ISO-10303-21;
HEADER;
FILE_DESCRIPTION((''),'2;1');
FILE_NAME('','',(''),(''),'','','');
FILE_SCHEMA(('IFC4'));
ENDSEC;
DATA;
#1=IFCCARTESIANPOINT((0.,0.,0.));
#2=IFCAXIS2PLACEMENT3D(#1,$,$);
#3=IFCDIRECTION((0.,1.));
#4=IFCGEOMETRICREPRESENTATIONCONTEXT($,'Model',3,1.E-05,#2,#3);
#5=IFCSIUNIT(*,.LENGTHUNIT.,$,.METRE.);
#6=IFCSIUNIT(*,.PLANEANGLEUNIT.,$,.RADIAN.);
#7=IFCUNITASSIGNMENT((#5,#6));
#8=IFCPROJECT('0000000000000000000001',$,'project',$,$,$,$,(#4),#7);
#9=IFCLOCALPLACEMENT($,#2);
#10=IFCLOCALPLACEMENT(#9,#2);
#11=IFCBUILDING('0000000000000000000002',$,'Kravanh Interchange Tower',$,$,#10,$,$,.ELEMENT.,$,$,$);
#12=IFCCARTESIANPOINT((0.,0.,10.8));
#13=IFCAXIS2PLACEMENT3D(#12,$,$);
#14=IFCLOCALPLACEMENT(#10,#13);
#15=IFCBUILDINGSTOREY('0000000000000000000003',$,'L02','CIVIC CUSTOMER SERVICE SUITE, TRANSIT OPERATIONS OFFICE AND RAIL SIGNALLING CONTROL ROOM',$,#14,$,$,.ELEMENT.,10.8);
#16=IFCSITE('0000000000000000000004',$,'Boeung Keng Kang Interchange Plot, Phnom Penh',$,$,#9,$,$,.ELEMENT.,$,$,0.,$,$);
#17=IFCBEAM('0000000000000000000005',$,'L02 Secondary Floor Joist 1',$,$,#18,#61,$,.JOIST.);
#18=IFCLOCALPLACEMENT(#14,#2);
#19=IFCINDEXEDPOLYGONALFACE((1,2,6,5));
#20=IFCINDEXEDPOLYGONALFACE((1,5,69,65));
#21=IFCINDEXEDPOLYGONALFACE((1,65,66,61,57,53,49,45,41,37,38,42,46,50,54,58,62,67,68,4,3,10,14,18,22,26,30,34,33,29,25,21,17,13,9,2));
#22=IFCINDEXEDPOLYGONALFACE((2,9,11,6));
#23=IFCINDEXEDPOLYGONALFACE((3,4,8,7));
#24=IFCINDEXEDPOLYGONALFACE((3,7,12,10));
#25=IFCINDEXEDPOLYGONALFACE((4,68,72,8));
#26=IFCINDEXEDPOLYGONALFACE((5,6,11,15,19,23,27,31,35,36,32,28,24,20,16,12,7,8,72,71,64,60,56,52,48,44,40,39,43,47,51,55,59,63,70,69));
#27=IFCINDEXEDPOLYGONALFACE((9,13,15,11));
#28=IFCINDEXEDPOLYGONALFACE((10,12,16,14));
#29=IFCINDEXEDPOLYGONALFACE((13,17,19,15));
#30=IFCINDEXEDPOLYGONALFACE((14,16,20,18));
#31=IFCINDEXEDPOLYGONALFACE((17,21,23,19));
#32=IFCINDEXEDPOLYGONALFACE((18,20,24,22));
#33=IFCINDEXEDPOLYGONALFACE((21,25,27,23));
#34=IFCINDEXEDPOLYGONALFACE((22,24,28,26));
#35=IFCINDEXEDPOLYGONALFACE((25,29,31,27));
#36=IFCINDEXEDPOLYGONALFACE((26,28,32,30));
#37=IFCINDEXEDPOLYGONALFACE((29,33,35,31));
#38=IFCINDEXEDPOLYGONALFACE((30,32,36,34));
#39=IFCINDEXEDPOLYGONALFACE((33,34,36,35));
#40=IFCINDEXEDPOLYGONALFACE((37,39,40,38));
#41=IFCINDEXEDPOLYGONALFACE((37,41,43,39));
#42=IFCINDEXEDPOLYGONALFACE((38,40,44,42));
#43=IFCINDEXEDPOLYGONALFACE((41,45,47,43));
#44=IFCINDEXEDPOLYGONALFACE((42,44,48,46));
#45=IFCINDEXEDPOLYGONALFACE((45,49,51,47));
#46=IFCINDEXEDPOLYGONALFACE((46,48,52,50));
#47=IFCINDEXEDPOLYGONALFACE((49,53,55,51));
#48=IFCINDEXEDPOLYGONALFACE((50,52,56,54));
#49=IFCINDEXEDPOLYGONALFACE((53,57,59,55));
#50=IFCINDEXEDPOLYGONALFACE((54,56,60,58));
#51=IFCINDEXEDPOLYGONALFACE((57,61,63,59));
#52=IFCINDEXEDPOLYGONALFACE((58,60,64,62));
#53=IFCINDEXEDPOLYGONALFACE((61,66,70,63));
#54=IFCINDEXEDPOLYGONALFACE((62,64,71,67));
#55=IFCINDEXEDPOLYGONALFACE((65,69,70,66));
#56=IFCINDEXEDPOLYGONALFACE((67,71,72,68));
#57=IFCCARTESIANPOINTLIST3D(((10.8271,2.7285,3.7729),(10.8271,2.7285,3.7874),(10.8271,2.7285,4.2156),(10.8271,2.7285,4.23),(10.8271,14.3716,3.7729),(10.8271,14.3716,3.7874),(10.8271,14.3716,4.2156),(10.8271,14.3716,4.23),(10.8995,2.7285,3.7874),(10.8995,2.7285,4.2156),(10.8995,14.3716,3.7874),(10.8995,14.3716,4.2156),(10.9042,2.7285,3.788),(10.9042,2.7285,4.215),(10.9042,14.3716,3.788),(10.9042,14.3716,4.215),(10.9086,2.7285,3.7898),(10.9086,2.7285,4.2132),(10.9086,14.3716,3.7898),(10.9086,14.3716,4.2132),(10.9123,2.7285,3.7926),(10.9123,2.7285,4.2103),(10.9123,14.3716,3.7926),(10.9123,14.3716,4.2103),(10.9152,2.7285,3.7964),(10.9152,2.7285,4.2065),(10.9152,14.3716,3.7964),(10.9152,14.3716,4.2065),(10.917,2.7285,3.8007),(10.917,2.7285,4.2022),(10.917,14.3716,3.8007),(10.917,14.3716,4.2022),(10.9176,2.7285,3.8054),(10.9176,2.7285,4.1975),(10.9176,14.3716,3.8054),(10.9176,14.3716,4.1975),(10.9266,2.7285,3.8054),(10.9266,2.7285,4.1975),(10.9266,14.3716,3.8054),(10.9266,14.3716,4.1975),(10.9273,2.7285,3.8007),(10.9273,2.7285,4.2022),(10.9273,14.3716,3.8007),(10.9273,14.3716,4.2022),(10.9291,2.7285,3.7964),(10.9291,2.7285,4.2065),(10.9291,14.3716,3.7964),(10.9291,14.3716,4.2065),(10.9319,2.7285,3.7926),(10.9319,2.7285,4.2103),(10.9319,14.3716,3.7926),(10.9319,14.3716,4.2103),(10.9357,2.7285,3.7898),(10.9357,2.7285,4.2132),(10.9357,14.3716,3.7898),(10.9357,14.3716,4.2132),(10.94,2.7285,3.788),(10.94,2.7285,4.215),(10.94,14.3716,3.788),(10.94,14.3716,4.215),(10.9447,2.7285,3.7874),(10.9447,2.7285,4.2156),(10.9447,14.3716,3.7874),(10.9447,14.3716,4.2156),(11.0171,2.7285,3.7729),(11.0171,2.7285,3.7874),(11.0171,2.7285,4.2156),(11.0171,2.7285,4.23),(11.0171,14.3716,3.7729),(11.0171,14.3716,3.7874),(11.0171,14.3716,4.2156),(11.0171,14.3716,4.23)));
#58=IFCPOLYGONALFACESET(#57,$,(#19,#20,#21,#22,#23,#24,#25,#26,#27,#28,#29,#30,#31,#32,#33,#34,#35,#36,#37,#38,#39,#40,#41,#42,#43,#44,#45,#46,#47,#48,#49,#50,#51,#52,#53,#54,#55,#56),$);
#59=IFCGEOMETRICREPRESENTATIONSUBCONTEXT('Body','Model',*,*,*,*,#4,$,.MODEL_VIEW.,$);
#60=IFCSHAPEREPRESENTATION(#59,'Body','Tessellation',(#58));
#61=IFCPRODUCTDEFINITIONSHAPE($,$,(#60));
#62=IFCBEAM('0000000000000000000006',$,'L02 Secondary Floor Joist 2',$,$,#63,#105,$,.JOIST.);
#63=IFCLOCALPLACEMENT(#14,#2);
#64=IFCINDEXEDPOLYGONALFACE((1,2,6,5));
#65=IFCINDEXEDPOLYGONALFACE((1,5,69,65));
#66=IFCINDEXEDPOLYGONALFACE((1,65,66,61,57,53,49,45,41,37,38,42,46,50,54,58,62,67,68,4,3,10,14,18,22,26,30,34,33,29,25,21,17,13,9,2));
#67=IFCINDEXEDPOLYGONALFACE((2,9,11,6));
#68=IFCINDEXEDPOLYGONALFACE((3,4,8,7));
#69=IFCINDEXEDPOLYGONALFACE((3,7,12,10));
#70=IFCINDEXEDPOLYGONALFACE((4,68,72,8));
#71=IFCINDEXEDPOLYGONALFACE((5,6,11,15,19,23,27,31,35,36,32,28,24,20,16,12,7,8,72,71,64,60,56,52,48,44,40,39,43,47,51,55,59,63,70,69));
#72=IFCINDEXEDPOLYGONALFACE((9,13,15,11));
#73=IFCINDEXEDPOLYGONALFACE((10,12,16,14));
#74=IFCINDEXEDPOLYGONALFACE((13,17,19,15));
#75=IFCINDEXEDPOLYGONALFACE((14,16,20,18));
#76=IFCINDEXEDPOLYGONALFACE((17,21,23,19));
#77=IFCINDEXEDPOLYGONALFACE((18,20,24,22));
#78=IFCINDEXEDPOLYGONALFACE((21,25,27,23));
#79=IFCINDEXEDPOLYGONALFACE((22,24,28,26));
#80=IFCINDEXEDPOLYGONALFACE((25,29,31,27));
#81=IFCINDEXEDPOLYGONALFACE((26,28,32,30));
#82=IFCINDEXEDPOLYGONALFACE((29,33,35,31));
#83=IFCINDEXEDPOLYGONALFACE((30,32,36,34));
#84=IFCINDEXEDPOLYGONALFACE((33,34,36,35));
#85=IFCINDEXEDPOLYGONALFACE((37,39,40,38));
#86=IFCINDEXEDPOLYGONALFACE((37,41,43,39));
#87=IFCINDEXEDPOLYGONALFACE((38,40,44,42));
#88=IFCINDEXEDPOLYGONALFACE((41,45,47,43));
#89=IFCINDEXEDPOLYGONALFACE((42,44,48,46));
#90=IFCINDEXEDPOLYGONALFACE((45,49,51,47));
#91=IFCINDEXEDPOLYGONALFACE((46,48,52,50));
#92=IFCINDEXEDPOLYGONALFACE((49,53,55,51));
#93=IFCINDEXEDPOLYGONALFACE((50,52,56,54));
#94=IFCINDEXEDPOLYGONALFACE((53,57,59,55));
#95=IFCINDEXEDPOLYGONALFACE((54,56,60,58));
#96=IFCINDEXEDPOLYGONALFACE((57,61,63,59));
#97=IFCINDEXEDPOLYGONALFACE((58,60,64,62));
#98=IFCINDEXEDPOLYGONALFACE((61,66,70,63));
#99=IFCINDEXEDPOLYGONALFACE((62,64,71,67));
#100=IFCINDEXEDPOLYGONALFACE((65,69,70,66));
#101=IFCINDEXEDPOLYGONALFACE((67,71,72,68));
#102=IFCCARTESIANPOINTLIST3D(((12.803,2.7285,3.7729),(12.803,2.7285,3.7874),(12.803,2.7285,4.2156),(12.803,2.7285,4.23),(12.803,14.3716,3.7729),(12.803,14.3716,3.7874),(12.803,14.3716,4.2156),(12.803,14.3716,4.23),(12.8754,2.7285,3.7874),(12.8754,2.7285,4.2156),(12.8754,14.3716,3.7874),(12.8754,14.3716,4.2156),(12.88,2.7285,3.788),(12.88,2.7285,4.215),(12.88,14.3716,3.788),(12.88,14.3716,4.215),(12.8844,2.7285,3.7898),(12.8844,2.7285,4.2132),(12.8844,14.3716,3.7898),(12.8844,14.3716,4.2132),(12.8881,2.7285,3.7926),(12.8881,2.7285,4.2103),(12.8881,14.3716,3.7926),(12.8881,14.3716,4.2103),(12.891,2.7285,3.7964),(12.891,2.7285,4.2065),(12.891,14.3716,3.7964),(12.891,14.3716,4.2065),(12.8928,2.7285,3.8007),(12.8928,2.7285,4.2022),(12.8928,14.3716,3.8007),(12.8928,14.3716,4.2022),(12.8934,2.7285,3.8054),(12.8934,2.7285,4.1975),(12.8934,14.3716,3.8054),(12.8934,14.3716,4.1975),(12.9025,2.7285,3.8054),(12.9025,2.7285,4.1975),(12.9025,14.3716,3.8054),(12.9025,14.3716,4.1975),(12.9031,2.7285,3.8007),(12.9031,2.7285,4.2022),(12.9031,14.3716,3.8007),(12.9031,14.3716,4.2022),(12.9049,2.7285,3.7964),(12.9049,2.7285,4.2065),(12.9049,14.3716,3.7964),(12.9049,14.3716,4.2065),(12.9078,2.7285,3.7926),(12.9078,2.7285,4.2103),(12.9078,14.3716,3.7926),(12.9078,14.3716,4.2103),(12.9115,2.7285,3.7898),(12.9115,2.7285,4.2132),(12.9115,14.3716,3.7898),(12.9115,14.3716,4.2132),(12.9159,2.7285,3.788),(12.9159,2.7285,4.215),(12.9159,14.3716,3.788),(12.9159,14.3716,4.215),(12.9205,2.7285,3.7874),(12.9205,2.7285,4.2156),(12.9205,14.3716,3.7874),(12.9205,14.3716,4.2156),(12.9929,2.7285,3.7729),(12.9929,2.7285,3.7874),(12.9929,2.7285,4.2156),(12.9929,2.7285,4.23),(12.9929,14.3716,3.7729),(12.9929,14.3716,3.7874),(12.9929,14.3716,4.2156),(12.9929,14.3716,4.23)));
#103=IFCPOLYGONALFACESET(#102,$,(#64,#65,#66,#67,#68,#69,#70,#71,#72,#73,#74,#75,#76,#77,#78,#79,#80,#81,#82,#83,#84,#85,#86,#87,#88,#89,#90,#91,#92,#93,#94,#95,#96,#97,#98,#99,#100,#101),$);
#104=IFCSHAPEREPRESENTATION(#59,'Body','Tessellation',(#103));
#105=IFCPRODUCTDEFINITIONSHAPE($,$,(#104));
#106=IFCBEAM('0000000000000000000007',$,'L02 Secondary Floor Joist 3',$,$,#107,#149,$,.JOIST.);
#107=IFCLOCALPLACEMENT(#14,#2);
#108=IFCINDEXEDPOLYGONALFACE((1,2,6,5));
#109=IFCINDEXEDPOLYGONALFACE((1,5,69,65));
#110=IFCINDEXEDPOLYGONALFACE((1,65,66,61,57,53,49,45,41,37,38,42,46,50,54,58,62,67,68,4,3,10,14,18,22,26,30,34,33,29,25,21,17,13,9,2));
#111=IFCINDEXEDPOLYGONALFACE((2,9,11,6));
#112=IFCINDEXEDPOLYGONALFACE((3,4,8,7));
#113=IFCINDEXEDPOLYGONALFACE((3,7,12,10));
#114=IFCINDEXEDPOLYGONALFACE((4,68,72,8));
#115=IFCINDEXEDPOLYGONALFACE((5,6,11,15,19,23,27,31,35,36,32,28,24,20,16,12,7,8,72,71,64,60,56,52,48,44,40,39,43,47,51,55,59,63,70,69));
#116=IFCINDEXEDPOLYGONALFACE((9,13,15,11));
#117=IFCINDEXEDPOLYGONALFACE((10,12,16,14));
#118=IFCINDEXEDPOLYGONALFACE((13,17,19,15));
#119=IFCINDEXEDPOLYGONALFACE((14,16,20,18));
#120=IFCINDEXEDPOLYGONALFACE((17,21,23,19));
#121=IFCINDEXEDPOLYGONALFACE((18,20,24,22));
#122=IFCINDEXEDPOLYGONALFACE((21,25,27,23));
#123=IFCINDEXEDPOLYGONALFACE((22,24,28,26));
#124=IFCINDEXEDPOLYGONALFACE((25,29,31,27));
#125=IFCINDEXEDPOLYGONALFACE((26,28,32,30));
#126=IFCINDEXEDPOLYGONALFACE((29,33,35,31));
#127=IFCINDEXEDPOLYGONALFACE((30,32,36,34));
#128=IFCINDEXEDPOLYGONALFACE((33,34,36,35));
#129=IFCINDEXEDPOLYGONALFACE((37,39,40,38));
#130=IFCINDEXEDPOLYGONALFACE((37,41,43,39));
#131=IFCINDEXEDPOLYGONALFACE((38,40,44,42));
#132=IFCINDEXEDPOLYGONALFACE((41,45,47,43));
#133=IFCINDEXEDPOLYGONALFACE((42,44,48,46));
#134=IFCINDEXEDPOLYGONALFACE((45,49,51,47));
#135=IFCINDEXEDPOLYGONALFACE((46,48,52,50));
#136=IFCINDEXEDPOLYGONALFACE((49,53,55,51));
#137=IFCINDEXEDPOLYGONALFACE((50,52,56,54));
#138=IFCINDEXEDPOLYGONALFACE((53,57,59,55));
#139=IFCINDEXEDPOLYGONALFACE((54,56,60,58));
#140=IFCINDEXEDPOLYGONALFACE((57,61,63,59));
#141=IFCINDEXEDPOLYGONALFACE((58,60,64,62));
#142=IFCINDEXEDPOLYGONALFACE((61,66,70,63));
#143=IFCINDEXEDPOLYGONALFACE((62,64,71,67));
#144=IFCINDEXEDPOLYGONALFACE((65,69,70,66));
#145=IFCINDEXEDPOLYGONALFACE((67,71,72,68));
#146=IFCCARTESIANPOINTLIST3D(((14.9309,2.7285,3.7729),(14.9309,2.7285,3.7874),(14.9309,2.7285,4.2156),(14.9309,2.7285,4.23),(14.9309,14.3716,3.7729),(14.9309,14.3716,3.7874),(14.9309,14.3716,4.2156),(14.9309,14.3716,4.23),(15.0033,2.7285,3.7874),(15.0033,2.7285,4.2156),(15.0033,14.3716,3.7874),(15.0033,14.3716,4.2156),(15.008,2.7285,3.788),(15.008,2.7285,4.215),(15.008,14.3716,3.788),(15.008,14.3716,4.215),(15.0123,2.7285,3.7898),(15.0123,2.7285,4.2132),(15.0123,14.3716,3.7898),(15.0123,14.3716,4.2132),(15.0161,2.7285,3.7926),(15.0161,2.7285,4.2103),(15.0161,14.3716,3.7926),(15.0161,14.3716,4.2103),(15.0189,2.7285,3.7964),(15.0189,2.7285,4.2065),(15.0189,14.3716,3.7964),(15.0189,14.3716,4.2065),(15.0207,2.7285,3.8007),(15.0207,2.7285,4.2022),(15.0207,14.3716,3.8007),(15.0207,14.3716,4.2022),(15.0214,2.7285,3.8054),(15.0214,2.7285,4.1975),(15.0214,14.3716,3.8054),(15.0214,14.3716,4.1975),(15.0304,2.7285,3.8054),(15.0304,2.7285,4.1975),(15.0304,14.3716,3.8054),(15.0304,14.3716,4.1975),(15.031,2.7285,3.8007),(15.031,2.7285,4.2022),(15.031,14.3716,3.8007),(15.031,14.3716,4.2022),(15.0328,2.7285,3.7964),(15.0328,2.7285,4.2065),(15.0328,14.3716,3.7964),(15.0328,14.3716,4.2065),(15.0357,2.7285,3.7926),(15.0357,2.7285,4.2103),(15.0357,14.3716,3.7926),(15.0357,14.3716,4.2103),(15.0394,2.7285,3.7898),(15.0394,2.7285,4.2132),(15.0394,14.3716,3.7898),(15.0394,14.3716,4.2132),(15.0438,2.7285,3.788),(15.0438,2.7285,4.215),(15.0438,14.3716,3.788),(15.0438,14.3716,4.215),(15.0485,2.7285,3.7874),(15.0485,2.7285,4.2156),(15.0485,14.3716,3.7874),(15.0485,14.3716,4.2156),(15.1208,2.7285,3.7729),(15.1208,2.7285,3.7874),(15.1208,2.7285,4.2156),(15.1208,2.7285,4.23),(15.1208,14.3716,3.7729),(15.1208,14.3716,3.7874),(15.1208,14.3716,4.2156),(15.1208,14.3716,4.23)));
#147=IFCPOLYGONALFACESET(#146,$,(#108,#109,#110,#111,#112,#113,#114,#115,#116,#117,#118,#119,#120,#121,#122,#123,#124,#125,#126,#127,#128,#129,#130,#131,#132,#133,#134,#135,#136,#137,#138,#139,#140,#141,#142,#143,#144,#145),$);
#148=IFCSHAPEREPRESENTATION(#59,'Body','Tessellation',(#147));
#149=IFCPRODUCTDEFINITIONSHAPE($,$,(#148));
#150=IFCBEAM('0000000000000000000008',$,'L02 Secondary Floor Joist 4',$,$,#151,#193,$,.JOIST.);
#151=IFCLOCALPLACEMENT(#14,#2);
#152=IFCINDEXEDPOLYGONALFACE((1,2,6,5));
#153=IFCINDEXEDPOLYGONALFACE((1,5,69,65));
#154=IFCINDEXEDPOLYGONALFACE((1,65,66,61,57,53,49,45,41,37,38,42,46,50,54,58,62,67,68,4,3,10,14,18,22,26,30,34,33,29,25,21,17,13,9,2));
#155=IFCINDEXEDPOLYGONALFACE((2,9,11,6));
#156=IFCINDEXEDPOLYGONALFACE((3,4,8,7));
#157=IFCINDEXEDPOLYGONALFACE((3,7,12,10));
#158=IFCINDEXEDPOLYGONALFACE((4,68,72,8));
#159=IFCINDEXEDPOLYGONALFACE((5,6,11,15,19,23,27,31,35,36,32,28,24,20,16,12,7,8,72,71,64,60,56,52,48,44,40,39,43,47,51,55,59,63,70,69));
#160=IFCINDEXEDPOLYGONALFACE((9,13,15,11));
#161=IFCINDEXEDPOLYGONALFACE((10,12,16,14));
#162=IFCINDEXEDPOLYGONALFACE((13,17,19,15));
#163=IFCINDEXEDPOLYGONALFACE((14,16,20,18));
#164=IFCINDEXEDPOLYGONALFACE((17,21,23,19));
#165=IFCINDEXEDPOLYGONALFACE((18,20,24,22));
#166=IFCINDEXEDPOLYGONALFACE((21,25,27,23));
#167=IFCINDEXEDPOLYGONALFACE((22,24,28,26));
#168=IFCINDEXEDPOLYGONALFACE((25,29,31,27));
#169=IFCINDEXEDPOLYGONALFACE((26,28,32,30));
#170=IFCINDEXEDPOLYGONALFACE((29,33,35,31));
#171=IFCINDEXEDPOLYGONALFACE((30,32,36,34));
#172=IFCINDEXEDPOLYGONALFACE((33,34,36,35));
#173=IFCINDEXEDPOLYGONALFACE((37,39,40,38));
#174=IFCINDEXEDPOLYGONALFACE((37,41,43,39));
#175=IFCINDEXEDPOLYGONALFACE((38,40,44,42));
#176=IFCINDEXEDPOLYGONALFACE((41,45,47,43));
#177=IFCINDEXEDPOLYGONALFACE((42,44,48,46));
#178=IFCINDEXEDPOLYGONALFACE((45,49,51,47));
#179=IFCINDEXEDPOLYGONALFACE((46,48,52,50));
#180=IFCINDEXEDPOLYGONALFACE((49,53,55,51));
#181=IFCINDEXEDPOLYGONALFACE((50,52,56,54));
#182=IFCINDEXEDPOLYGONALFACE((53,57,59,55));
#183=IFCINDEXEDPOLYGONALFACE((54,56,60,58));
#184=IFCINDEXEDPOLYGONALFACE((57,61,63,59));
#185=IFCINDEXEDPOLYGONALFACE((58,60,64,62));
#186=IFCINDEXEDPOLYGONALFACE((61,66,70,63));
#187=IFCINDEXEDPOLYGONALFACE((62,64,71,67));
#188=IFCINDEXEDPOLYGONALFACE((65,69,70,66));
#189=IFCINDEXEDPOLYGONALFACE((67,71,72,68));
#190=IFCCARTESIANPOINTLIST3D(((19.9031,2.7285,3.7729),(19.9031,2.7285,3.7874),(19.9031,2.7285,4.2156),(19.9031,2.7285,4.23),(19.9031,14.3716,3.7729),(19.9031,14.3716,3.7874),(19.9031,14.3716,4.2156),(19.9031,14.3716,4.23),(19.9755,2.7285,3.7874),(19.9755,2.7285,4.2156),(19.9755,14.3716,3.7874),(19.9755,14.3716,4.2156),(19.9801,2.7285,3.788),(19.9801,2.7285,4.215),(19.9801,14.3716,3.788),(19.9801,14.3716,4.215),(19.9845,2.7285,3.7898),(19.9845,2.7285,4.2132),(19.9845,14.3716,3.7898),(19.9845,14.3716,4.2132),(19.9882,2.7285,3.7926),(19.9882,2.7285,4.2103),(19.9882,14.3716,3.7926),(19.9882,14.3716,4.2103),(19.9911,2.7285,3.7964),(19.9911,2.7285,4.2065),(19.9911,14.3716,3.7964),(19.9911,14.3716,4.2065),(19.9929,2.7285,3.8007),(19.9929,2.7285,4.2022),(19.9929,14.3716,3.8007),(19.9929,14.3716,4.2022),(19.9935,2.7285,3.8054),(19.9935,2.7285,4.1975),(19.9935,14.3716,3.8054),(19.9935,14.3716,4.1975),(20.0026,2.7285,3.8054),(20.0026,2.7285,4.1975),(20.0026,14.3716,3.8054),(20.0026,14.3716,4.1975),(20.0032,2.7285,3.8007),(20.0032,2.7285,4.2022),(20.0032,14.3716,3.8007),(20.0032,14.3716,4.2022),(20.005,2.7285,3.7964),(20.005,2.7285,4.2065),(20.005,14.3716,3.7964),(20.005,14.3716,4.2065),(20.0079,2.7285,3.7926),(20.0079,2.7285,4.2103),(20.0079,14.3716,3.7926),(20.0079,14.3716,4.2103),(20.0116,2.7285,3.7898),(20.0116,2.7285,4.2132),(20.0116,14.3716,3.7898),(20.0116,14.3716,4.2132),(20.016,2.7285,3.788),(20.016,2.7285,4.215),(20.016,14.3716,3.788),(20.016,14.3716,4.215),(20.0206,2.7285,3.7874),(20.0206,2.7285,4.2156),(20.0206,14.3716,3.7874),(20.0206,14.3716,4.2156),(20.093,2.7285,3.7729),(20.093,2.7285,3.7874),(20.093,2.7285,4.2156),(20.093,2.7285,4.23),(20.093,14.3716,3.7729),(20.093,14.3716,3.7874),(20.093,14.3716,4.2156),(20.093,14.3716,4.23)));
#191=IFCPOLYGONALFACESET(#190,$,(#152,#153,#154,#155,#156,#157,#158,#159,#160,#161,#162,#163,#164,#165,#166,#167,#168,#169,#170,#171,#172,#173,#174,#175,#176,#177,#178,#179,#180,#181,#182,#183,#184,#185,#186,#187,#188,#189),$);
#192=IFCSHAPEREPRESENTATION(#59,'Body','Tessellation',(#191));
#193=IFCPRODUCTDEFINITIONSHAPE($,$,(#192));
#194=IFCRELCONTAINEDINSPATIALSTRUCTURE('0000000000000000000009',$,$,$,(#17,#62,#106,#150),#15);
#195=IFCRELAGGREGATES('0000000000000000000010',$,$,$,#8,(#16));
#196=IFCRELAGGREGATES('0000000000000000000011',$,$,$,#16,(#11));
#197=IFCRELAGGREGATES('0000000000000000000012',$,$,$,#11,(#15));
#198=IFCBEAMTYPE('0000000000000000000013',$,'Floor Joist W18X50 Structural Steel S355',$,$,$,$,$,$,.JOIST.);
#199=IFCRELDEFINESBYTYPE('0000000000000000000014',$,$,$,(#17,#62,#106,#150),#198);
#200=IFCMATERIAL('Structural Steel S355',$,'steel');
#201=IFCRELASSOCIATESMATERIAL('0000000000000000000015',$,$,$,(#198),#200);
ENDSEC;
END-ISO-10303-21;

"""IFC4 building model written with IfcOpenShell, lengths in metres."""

from ifc_helpers import new_model, si_unit, direction, frame, origin, origin_2d, place, context, subcontext, project, spatial, i_section, extrude, material, material_profile, profile_set, type_object, element, save


model = new_model("IFC4")

# Units and contexts
model_context = context("Model", 3, precision=1e-05, world=origin(), true_north=direction((0.0, 1.0)))
body_context = subcontext(model_context, "Body", "Model", "MODEL_VIEW")
ifc_project = project(units=[si_unit("LENGTHUNIT", "METRE"), si_unit("PLANEANGLEUNIT", "RADIAN")], contexts=[model_context])

# Site, building, storey
site_placement = place(None, origin())
site = spatial("IfcSite", under=ifc_project, at=site_placement, Name="Boeung Keng Kang Interchange Plot, Phnom Penh", CompositionType="ELEMENT", RefElevation=0.0)
building_placement = place(site_placement, origin())
building = spatial("IfcBuilding", under=site, at=building_placement, Name="Kravanh Interchange Tower", CompositionType="ELEMENT")
storey_placement = place(building_placement, frame((0.0, 0.0, 10.8)))
storey = spatial("IfcBuildingStorey", under=building, at=storey_placement, Name="L02", Description="CIVIC CUSTOMER SERVICE SUITE, TRANSIT OPERATIONS OFFICE AND RAIL SIGNALLING CONTROL ROOM", CompositionType="ELEMENT", Elevation=10.8)

# Beams
ifc_material_1 = material(Name="Structural Steel S355", Category="steel")
ifc_material_profile_1 = material_profile(ifc_material_1, i_section(OverallWidth=0.1899, OverallDepth=0.457, WebThickness=0.009, FlangeThickness=0.0144, FilletRadius=0.0181, at=origin_2d()), Name="W18X50")
ifc_profile_set_1 = profile_set([ifc_material_profile_1], Name="Structural Steel S355")
beam_type_1 = type_object("IfcBeamType", Name="Floor Joist W18X50 Structural Steel S355", PredefinedType="JOIST", material=ifc_profile_set_1)
for number, where, z_axis, x_axis, name in (
    (1, (10.9221, 2.7285, 4.0015), (0.0, 1.0, 0.0), (-1.0, 0.0, 0.0), "L02 Secondary Floor Joist 1"),
    (2, (12.8979, 2.7285, 4.0015), (0.0, 1.0, 0.0), (-1.0, 0.0, 0.0), "L02 Secondary Floor Joist 2"),
    (3, (15.0259, 2.7285, 4.0015), (0.0, 1.0, 0.0), (-1.0, 0.0, 0.0), "L02 Secondary Floor Joist 3"),
    (4, (19.998, 2.7285, 4.0015), (0.0, 1.0, 0.0), (-1.0, 0.0, 0.0), "L02 Secondary Floor Joist 4"),
):
    element("IfcBeam", number, at=place(storey_placement, frame(where, z_axis=z_axis, x_axis=x_axis)), inside=storey, type_object=beam_type_1, Name=name, PredefinedType="JOIST", context=body_context, shape_type="SweptSolid", body=[
        extrude(i_section(OverallWidth=0.1899, OverallDepth=0.457, WebThickness=0.009, FlangeThickness=0.0144, FilletRadius=0.0181, at=origin_2d()), origin(), (0.0, 0.0, 1.0), 11.6431),
    ])

save(model, "model.ifc")
